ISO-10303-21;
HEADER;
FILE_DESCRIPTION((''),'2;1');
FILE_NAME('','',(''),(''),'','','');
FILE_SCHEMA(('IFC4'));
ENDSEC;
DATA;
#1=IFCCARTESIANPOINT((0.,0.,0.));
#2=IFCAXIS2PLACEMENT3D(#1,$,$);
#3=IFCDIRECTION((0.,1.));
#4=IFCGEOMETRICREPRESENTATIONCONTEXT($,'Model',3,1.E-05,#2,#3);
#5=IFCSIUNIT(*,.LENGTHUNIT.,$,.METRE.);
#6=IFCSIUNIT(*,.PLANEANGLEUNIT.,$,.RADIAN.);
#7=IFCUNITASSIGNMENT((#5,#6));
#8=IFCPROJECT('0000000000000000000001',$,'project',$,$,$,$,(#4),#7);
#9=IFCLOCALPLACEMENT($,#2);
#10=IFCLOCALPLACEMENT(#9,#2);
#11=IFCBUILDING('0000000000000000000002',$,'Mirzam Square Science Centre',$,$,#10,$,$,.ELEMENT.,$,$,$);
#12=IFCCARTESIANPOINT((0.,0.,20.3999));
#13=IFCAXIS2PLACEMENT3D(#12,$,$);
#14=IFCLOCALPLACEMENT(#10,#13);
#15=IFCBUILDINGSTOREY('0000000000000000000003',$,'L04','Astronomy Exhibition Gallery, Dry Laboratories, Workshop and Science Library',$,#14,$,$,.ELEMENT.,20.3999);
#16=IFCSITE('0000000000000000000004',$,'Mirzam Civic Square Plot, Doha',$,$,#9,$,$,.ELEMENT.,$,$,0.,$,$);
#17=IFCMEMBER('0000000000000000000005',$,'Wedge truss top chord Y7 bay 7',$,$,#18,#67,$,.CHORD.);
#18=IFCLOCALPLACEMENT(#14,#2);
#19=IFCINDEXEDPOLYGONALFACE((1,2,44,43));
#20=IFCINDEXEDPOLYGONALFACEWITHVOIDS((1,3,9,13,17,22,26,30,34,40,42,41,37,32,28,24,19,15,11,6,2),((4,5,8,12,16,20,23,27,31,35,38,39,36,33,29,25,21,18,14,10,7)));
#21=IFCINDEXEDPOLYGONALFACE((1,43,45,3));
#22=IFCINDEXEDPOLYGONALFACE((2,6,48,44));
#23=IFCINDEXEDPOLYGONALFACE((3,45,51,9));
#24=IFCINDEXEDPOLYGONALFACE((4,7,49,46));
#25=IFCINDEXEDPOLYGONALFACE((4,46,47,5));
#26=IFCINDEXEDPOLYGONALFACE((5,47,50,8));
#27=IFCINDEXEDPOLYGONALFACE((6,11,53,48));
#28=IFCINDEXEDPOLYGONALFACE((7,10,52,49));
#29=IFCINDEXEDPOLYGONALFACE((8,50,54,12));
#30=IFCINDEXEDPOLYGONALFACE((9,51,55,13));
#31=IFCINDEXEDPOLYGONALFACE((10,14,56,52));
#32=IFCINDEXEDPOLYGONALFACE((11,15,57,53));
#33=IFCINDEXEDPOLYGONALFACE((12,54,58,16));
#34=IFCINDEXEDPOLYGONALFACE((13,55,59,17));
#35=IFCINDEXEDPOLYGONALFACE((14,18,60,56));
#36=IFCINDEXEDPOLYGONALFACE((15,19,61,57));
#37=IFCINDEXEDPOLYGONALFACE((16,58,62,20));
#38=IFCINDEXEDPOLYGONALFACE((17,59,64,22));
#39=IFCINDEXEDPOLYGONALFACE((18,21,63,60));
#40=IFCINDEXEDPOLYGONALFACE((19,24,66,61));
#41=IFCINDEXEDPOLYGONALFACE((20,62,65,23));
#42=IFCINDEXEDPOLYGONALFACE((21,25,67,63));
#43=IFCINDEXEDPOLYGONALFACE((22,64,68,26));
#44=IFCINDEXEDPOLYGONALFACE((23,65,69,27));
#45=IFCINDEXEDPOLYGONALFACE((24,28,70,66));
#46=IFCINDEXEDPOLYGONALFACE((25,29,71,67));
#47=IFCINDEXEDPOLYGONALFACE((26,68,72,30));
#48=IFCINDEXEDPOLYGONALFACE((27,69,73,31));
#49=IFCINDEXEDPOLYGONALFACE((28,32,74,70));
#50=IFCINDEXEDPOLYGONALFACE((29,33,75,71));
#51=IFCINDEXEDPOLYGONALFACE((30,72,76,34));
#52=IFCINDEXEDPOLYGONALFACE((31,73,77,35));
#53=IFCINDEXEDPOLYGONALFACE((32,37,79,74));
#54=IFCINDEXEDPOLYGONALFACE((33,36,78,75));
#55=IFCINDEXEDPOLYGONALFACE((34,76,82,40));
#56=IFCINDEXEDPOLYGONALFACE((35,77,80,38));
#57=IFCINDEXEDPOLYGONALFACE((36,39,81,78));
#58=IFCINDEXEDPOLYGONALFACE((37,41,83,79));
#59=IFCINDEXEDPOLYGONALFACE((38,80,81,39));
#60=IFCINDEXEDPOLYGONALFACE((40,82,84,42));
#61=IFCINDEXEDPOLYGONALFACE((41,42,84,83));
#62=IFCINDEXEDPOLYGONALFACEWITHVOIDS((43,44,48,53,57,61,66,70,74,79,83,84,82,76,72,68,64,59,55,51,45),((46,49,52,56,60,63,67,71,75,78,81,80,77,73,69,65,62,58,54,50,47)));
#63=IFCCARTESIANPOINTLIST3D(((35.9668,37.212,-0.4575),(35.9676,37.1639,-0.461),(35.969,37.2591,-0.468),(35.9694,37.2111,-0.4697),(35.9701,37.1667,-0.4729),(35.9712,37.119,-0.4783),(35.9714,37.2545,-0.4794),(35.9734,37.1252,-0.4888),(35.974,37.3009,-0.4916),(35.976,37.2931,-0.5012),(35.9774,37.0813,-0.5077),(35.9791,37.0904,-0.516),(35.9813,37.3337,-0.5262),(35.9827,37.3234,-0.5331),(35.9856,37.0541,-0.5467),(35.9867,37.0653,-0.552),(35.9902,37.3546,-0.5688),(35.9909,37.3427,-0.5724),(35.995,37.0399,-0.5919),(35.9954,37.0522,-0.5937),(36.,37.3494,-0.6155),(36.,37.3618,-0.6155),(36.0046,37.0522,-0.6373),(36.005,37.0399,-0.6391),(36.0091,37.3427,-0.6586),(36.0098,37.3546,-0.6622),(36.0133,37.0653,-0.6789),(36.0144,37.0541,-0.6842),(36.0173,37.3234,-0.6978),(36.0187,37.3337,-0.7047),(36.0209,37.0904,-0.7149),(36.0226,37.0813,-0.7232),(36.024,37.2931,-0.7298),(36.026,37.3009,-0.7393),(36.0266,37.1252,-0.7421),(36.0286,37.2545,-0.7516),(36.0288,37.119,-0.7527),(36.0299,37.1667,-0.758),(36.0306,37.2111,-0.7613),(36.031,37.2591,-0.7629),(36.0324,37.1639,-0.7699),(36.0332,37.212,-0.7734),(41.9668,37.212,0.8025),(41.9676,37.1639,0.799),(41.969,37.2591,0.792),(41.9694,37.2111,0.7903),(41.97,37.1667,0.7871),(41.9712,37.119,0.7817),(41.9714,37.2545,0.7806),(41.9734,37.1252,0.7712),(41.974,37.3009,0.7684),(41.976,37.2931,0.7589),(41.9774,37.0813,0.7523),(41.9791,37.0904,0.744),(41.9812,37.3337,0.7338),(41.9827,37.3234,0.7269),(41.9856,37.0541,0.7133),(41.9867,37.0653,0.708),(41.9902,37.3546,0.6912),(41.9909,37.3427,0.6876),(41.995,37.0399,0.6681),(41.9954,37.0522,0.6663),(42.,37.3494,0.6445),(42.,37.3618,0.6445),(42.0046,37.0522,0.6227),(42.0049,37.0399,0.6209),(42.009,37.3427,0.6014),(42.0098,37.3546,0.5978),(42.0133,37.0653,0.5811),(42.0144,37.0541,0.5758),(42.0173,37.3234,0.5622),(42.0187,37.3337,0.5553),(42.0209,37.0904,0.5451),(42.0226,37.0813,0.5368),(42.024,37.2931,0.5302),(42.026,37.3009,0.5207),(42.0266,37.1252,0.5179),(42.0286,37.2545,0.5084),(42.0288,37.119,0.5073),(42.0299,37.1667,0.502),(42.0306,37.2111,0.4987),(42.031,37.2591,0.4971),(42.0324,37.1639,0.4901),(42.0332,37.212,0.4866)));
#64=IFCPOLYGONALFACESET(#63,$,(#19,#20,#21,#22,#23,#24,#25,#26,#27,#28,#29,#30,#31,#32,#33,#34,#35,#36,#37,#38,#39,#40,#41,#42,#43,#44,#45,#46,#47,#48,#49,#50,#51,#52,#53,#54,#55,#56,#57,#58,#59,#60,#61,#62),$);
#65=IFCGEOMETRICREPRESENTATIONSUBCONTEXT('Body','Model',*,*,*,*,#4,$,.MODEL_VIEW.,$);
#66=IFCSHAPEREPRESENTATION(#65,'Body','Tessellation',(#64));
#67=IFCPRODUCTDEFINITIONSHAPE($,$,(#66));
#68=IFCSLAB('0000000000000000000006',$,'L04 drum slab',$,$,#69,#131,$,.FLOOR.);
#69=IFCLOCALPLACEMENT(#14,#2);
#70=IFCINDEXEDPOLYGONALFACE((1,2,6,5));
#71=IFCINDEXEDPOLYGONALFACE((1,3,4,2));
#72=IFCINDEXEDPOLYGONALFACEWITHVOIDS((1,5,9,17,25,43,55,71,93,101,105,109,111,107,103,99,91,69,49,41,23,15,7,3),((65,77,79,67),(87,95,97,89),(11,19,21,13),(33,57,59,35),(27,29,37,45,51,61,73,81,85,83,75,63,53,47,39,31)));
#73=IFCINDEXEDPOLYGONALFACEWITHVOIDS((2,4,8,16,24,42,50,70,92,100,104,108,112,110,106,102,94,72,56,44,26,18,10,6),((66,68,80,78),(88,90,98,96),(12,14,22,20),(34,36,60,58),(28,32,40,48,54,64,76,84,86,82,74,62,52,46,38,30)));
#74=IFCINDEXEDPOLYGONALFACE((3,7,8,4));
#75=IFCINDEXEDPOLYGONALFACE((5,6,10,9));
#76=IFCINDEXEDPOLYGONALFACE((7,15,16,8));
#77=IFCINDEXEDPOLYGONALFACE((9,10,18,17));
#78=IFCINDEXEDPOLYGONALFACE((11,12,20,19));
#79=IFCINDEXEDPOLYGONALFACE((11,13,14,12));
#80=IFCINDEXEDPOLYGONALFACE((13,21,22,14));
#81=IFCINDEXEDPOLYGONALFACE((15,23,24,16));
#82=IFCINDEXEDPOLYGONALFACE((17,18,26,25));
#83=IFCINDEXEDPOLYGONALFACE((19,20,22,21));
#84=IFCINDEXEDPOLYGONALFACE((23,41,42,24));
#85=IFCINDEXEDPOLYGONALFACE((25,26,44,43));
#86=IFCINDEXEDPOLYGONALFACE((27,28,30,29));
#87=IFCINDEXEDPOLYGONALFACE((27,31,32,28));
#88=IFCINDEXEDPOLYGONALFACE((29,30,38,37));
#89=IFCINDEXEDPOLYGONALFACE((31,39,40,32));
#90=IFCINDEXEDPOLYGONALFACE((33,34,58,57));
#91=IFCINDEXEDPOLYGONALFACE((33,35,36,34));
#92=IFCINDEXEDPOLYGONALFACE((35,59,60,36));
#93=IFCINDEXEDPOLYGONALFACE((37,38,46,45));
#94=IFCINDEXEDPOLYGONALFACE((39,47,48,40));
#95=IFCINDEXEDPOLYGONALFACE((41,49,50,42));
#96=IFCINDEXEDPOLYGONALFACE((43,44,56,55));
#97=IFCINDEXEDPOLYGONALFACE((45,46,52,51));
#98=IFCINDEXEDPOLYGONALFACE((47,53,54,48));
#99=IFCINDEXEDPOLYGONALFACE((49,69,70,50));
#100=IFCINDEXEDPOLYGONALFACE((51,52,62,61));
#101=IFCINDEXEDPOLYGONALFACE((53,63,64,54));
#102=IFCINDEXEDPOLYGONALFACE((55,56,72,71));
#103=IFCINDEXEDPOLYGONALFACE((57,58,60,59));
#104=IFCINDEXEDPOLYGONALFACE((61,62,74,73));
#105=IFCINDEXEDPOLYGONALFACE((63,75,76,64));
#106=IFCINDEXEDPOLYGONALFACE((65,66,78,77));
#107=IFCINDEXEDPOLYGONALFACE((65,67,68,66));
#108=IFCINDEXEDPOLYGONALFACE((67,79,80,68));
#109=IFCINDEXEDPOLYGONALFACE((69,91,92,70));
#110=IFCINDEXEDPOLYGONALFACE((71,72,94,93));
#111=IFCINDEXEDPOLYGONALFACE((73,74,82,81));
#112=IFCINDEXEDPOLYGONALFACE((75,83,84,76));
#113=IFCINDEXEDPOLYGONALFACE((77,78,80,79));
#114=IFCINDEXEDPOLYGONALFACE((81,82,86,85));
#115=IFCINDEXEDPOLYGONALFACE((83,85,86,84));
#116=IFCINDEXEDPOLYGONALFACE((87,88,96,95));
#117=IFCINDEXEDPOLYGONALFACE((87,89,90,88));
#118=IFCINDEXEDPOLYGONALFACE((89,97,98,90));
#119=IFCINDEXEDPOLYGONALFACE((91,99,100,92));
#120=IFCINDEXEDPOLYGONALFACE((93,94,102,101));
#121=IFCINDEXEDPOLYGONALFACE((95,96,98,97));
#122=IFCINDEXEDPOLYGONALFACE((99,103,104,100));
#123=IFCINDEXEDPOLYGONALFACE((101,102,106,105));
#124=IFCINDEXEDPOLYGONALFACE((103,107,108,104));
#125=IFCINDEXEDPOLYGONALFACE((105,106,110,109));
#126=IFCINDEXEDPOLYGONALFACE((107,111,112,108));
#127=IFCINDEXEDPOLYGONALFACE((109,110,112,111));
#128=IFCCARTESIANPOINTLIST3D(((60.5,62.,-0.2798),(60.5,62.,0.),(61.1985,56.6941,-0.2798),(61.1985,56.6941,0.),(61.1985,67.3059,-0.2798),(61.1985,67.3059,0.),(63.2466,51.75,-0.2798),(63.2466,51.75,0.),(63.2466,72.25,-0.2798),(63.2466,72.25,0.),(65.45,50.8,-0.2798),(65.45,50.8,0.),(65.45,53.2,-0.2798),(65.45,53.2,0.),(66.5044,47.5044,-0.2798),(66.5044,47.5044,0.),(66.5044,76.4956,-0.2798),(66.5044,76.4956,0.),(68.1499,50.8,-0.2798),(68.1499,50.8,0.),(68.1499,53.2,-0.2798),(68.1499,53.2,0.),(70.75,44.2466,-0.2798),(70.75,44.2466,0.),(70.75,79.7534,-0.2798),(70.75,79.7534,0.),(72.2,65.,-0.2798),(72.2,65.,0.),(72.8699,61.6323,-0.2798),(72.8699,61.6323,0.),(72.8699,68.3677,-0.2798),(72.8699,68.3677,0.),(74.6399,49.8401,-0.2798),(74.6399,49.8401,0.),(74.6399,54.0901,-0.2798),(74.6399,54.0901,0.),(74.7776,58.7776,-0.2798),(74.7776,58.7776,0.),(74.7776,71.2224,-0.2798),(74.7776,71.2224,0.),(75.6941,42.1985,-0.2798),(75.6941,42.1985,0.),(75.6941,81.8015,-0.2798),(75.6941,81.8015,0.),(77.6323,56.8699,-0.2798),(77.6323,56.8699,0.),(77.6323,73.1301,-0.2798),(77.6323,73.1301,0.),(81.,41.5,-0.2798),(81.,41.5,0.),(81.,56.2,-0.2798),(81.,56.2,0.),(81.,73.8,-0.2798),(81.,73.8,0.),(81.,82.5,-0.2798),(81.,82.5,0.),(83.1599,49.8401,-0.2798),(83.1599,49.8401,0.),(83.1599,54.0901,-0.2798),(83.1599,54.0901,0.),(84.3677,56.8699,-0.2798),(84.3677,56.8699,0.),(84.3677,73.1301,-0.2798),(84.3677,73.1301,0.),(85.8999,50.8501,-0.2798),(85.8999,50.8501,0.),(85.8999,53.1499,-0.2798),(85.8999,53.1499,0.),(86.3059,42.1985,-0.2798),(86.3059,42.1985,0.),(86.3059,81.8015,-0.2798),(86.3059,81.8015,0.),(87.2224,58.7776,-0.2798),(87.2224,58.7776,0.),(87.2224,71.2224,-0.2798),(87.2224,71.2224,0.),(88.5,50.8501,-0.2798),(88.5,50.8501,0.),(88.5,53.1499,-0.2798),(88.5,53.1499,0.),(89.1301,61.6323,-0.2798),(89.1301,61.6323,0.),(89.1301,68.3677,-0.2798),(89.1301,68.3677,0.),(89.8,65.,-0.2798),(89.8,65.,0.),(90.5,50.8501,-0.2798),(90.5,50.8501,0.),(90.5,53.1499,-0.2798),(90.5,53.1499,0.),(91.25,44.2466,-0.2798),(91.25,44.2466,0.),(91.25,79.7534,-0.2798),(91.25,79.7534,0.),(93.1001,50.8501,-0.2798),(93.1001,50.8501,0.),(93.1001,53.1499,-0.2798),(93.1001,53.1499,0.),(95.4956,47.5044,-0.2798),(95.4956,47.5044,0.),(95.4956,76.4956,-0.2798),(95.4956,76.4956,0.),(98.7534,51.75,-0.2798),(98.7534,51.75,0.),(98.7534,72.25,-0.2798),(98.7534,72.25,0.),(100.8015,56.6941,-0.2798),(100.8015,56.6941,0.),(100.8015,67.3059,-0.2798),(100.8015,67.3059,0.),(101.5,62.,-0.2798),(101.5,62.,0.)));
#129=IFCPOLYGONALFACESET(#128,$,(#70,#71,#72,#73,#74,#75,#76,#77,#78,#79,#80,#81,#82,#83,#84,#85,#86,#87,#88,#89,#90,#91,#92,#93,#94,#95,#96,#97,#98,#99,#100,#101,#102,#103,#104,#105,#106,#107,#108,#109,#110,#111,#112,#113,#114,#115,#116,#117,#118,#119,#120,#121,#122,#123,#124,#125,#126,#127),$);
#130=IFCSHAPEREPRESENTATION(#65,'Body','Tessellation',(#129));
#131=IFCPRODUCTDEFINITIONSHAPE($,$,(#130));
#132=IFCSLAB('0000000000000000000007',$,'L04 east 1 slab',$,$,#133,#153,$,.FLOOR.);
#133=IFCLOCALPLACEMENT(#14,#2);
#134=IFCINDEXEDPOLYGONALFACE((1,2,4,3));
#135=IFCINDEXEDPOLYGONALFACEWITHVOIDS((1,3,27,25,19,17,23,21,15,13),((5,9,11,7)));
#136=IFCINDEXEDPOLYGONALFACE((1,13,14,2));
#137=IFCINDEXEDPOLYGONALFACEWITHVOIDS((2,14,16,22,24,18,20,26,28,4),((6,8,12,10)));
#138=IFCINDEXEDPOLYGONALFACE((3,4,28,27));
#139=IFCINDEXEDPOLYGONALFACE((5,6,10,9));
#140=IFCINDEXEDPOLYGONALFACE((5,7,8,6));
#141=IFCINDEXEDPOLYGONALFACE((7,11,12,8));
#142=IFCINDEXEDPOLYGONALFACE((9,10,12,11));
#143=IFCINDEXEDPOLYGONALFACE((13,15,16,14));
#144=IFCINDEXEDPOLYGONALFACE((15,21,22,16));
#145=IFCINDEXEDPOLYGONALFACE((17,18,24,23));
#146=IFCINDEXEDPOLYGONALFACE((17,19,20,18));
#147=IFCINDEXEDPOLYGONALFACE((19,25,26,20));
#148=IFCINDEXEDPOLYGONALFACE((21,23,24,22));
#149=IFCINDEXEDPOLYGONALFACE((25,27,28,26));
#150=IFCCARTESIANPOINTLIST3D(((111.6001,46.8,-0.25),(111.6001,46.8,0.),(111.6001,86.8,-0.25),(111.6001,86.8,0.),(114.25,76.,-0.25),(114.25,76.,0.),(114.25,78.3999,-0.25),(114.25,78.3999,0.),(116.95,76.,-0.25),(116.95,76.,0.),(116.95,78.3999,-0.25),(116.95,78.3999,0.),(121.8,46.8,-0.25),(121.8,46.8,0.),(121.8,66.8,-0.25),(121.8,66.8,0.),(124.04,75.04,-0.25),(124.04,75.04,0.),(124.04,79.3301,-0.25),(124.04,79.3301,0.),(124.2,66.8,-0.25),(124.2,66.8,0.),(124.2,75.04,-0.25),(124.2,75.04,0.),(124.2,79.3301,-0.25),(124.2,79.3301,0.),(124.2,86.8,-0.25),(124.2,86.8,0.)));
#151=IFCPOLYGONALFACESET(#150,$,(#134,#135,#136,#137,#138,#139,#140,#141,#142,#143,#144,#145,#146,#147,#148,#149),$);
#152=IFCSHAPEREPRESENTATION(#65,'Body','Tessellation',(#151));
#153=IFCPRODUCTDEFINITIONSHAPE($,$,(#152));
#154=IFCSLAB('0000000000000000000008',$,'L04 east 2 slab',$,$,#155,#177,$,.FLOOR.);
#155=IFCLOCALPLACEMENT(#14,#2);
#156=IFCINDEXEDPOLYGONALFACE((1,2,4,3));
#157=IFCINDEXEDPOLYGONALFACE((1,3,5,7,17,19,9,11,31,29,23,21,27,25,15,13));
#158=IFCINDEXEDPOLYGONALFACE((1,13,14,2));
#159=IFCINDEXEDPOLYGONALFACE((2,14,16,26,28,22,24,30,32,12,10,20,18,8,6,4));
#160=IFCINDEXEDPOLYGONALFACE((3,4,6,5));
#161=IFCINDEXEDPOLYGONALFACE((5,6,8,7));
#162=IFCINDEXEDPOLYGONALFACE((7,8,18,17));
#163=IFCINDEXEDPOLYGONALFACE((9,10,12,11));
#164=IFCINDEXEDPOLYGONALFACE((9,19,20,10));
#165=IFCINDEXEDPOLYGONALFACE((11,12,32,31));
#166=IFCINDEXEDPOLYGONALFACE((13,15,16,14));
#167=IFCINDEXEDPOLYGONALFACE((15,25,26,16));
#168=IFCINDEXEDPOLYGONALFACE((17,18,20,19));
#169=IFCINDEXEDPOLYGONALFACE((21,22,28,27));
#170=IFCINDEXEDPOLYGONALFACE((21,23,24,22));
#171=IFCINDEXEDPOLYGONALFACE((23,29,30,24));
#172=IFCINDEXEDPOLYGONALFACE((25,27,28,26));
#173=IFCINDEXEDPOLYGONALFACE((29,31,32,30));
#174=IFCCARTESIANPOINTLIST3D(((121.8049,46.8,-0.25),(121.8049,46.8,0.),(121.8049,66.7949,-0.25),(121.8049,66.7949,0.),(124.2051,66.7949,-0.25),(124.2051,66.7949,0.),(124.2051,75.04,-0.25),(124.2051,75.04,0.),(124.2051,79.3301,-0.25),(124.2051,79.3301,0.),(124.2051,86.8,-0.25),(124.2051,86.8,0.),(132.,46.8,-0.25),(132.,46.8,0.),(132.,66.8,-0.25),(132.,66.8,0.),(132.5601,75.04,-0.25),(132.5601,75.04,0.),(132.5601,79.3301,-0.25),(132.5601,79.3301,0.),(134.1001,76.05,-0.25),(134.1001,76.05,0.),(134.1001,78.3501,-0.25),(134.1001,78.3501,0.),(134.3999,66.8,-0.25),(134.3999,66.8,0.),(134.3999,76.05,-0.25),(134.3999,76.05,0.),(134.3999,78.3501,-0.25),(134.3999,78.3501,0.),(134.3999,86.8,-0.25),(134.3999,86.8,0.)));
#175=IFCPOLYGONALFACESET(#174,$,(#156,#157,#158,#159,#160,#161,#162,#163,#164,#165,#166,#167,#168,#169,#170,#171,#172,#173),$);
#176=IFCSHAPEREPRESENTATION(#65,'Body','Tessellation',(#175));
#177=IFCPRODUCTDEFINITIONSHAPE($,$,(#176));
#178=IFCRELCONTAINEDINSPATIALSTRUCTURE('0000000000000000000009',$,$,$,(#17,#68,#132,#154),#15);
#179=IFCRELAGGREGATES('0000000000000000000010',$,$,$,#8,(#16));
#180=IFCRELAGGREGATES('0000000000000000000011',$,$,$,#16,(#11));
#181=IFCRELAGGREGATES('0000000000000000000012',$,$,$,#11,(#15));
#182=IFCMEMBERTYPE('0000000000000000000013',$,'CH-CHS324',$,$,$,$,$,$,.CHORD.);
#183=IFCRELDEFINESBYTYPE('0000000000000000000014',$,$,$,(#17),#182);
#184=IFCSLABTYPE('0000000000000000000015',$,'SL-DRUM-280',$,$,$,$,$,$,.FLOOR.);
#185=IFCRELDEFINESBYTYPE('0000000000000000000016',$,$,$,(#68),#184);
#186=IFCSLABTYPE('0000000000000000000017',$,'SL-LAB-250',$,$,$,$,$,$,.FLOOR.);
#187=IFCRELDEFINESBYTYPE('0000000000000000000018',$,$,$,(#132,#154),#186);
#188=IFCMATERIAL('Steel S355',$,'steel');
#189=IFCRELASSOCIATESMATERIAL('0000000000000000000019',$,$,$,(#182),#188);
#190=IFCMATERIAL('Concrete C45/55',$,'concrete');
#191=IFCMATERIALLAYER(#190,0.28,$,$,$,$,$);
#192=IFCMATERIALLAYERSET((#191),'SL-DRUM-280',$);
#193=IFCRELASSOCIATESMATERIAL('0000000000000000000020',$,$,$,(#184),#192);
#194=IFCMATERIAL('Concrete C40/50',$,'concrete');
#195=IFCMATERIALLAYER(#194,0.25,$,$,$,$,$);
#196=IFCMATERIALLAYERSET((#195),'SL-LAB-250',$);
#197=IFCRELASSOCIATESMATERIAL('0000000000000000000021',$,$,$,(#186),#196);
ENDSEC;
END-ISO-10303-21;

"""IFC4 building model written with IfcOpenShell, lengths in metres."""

from ifc_helpers import new_model, si_unit, direction, frame, origin, origin_2d, place, context, subcontext, project, spatial, polyline, hollow_circle, outline, extrude, material, layer, layer_set, material_profile, profile_set, type_object, element, save


model = new_model("IFC4")

# Units and contexts
model_context = context("Model", 3, precision=1e-05, world=origin(), true_north=direction((0.0, 1.0)))
body_context = subcontext(model_context, "Body", "Model", "MODEL_VIEW")
ifc_project = project(units=[si_unit("LENGTHUNIT", "METRE"), si_unit("PLANEANGLEUNIT", "RADIAN")], contexts=[model_context])

# Site, building, storey
site_placement = place(None, origin())
site = spatial("IfcSite", under=ifc_project, at=site_placement, Name="Mirzam Civic Square Plot, Doha", CompositionType="ELEMENT", RefElevation=0.0)
building_placement = place(site_placement, origin())
building = spatial("IfcBuilding", under=site, at=building_placement, Name="Mirzam Square Science Centre", CompositionType="ELEMENT")
storey_placement = place(building_placement, frame((0.0, 0.0, 20.3999)))
storey = spatial("IfcBuildingStorey", under=building, at=storey_placement, Name="L04", Description="Astronomy Exhibition Gallery, Dry Laboratories, Workshop and Science Library", CompositionType="ELEMENT", Elevation=20.3999)

# Member
ifc_material_1 = material(Name="Steel S355", Category="steel")
ifc_material_profile_1 = material_profile(ifc_material_1, hollow_circle(Radius=0.1619, WallThickness=0.0125, at=origin_2d()), Name="323.9x12.5CHS")
ifc_profile_set_1 = profile_set([ifc_material_profile_1], Name="Steel S355")
member_type_1 = type_object("IfcMemberType", Name="CH-CHS324", PredefinedType="CHORD", material=ifc_profile_set_1)
member_1_placement = place(storey_placement, frame((36.0, 37.2, -0.6155), z_axis=(0.978653, 0.0, 0.205519), x_axis=(0.0, 1.0, 0.0)))
element("IfcMember", 1, at=member_1_placement, inside=storey, type_object=member_type_1, Name="Wedge truss top chord Y7 bay 7", PredefinedType="CHORD", context=body_context, shape_type="SweptSolid", body=[
    extrude(hollow_circle(Radius=0.1619, WallThickness=0.0125, at=origin_2d()), origin(), (0.0, 0.0, 1.0), 6.1309),
])

# Slabs
ifc_material_2 = material(Name="Concrete C45/55", Category="concrete")
ifc_layer_1 = layer(ifc_material_2, 0.28)
ifc_layer_set_1 = layer_set([ifc_layer_1], Name="SL-DRUM-280")
slab_type_1 = type_object("IfcSlabType", Name="SL-DRUM-280", PredefinedType="FLOOR", material=ifc_layer_set_1)
slab_1_placement = place(storey_placement, frame((0.0, 0.0, -0.2798)))
element("IfcSlab", 2, at=slab_1_placement, inside=storey, type_object=slab_type_1, Name="L04 drum slab", PredefinedType="FLOOR", context=body_context, shape_type="SweptSolid", body=[
    extrude(outline(polyline([(100.8015, 56.6941), (98.7534, 51.75), (95.4956, 47.5044), (91.25, 44.2466), (86.3059, 42.1985), (81.0, 41.5), (75.6941, 42.1985), (70.75, 44.2466), (66.5044, 47.5044), (63.2466, 51.75), (61.1985, 56.6941), (60.5, 62.0), (61.1985, 67.3059), (63.2466, 72.25), (66.5044, 76.4956), (70.75, 79.7534), (75.6941, 81.8015), (81.0, 82.5), (86.3059, 81.8015), (91.25, 79.7534), (95.4956, 76.4956), (98.7534, 72.25), (100.8015, 67.3059), (101.5, 62.0), (100.8015, 56.6941)]), holes=[polyline([(83.1599, 54.0901), (74.6399, 54.0901), (74.6399, 49.8401), (83.1599, 49.8401), (83.1599, 54.0901)]), polyline([(68.1499, 53.2), (65.45, 53.2), (65.45, 50.8), (68.1499, 50.8), (68.1499, 53.2)]), polyline([(88.5, 53.1499), (85.8999, 53.1499), (85.8999, 50.8501), (88.5, 50.8501), (88.5, 53.1499)]), polyline([(93.1001, 50.8501), (93.1001, 53.1499), (90.5, 53.1499), (90.5, 50.8501), (93.1001, 50.8501)]), polyline([(87.2224, 58.7776), (89.1301, 61.6323), (89.8, 65.0), (89.1301, 68.3677), (87.2224, 71.2224), (84.3677, 73.1301), (81.0, 73.8), (77.6323, 73.1301), (74.7776, 71.2224), (72.8699, 68.3677), (72.2, 65.0), (72.8699, 61.6323), (74.7776, 58.7776), (77.6323, 56.8699), (81.0, 56.2), (84.3677, 56.8699), (87.2224, 58.7776)])]), origin(), (0.0, 0.0, 1.0), 0.2798),
])
ifc_material_3 = material(Name="Concrete C40/50", Category="concrete")
ifc_layer_2 = layer(ifc_material_3, 0.25)
ifc_layer_set_2 = layer_set([ifc_layer_2], Name="SL-LAB-250")
slab_type_2 = type_object("IfcSlabType", Name="SL-LAB-250", PredefinedType="FLOOR", material=ifc_layer_set_2)
slab_2_placement = place(storey_placement, frame((0.0, 0.0, -0.25)))
element("IfcSlab", 3, at=slab_2_placement, inside=storey, type_object=slab_type_2, Name="L04 east 1 slab", PredefinedType="FLOOR", context=body_context, shape_type="SweptSolid", body=[
    extrude(outline(polyline([(121.8, 66.8), (121.8, 46.8), (111.6001, 46.8), (111.6001, 86.8), (124.2, 86.8), (124.2, 79.3301), (124.04, 79.3301), (124.04, 75.04), (124.2, 75.04), (124.2, 66.8), (121.8, 66.8)]), holes=[polyline([(116.95, 78.3999), (114.25, 78.3999), (114.25, 76.0), (116.95, 76.0), (116.95, 78.3999)])]), origin(), (0.0, 0.0, 1.0), 0.25),
])
slab_3_placement = place(storey_placement, frame((0.0, 0.0, -0.25)))
element("IfcSlab", 4, at=slab_3_placement, inside=storey, type_object=slab_type_2, Name="L04 east 2 slab", PredefinedType="FLOOR", context=body_context, shape_type="SweptSolid", body=[
    extrude(outline(polyline([(132.0, 66.8), (132.0, 46.8), (121.8049, 46.8), (121.8049, 66.7949), (124.2051, 66.7949), (124.2051, 75.04), (132.5601, 75.04), (132.5601, 79.3301), (124.2051, 79.3301), (124.2051, 86.8), (134.3999, 86.8), (134.3999, 78.3501), (134.1001, 78.3501), (134.1001, 76.05), (134.3999, 76.05), (134.3999, 66.8), (132.0, 66.8)])), origin(), (0.0, 0.0, 1.0), 0.25),
])

save(model, "model.ifc")
